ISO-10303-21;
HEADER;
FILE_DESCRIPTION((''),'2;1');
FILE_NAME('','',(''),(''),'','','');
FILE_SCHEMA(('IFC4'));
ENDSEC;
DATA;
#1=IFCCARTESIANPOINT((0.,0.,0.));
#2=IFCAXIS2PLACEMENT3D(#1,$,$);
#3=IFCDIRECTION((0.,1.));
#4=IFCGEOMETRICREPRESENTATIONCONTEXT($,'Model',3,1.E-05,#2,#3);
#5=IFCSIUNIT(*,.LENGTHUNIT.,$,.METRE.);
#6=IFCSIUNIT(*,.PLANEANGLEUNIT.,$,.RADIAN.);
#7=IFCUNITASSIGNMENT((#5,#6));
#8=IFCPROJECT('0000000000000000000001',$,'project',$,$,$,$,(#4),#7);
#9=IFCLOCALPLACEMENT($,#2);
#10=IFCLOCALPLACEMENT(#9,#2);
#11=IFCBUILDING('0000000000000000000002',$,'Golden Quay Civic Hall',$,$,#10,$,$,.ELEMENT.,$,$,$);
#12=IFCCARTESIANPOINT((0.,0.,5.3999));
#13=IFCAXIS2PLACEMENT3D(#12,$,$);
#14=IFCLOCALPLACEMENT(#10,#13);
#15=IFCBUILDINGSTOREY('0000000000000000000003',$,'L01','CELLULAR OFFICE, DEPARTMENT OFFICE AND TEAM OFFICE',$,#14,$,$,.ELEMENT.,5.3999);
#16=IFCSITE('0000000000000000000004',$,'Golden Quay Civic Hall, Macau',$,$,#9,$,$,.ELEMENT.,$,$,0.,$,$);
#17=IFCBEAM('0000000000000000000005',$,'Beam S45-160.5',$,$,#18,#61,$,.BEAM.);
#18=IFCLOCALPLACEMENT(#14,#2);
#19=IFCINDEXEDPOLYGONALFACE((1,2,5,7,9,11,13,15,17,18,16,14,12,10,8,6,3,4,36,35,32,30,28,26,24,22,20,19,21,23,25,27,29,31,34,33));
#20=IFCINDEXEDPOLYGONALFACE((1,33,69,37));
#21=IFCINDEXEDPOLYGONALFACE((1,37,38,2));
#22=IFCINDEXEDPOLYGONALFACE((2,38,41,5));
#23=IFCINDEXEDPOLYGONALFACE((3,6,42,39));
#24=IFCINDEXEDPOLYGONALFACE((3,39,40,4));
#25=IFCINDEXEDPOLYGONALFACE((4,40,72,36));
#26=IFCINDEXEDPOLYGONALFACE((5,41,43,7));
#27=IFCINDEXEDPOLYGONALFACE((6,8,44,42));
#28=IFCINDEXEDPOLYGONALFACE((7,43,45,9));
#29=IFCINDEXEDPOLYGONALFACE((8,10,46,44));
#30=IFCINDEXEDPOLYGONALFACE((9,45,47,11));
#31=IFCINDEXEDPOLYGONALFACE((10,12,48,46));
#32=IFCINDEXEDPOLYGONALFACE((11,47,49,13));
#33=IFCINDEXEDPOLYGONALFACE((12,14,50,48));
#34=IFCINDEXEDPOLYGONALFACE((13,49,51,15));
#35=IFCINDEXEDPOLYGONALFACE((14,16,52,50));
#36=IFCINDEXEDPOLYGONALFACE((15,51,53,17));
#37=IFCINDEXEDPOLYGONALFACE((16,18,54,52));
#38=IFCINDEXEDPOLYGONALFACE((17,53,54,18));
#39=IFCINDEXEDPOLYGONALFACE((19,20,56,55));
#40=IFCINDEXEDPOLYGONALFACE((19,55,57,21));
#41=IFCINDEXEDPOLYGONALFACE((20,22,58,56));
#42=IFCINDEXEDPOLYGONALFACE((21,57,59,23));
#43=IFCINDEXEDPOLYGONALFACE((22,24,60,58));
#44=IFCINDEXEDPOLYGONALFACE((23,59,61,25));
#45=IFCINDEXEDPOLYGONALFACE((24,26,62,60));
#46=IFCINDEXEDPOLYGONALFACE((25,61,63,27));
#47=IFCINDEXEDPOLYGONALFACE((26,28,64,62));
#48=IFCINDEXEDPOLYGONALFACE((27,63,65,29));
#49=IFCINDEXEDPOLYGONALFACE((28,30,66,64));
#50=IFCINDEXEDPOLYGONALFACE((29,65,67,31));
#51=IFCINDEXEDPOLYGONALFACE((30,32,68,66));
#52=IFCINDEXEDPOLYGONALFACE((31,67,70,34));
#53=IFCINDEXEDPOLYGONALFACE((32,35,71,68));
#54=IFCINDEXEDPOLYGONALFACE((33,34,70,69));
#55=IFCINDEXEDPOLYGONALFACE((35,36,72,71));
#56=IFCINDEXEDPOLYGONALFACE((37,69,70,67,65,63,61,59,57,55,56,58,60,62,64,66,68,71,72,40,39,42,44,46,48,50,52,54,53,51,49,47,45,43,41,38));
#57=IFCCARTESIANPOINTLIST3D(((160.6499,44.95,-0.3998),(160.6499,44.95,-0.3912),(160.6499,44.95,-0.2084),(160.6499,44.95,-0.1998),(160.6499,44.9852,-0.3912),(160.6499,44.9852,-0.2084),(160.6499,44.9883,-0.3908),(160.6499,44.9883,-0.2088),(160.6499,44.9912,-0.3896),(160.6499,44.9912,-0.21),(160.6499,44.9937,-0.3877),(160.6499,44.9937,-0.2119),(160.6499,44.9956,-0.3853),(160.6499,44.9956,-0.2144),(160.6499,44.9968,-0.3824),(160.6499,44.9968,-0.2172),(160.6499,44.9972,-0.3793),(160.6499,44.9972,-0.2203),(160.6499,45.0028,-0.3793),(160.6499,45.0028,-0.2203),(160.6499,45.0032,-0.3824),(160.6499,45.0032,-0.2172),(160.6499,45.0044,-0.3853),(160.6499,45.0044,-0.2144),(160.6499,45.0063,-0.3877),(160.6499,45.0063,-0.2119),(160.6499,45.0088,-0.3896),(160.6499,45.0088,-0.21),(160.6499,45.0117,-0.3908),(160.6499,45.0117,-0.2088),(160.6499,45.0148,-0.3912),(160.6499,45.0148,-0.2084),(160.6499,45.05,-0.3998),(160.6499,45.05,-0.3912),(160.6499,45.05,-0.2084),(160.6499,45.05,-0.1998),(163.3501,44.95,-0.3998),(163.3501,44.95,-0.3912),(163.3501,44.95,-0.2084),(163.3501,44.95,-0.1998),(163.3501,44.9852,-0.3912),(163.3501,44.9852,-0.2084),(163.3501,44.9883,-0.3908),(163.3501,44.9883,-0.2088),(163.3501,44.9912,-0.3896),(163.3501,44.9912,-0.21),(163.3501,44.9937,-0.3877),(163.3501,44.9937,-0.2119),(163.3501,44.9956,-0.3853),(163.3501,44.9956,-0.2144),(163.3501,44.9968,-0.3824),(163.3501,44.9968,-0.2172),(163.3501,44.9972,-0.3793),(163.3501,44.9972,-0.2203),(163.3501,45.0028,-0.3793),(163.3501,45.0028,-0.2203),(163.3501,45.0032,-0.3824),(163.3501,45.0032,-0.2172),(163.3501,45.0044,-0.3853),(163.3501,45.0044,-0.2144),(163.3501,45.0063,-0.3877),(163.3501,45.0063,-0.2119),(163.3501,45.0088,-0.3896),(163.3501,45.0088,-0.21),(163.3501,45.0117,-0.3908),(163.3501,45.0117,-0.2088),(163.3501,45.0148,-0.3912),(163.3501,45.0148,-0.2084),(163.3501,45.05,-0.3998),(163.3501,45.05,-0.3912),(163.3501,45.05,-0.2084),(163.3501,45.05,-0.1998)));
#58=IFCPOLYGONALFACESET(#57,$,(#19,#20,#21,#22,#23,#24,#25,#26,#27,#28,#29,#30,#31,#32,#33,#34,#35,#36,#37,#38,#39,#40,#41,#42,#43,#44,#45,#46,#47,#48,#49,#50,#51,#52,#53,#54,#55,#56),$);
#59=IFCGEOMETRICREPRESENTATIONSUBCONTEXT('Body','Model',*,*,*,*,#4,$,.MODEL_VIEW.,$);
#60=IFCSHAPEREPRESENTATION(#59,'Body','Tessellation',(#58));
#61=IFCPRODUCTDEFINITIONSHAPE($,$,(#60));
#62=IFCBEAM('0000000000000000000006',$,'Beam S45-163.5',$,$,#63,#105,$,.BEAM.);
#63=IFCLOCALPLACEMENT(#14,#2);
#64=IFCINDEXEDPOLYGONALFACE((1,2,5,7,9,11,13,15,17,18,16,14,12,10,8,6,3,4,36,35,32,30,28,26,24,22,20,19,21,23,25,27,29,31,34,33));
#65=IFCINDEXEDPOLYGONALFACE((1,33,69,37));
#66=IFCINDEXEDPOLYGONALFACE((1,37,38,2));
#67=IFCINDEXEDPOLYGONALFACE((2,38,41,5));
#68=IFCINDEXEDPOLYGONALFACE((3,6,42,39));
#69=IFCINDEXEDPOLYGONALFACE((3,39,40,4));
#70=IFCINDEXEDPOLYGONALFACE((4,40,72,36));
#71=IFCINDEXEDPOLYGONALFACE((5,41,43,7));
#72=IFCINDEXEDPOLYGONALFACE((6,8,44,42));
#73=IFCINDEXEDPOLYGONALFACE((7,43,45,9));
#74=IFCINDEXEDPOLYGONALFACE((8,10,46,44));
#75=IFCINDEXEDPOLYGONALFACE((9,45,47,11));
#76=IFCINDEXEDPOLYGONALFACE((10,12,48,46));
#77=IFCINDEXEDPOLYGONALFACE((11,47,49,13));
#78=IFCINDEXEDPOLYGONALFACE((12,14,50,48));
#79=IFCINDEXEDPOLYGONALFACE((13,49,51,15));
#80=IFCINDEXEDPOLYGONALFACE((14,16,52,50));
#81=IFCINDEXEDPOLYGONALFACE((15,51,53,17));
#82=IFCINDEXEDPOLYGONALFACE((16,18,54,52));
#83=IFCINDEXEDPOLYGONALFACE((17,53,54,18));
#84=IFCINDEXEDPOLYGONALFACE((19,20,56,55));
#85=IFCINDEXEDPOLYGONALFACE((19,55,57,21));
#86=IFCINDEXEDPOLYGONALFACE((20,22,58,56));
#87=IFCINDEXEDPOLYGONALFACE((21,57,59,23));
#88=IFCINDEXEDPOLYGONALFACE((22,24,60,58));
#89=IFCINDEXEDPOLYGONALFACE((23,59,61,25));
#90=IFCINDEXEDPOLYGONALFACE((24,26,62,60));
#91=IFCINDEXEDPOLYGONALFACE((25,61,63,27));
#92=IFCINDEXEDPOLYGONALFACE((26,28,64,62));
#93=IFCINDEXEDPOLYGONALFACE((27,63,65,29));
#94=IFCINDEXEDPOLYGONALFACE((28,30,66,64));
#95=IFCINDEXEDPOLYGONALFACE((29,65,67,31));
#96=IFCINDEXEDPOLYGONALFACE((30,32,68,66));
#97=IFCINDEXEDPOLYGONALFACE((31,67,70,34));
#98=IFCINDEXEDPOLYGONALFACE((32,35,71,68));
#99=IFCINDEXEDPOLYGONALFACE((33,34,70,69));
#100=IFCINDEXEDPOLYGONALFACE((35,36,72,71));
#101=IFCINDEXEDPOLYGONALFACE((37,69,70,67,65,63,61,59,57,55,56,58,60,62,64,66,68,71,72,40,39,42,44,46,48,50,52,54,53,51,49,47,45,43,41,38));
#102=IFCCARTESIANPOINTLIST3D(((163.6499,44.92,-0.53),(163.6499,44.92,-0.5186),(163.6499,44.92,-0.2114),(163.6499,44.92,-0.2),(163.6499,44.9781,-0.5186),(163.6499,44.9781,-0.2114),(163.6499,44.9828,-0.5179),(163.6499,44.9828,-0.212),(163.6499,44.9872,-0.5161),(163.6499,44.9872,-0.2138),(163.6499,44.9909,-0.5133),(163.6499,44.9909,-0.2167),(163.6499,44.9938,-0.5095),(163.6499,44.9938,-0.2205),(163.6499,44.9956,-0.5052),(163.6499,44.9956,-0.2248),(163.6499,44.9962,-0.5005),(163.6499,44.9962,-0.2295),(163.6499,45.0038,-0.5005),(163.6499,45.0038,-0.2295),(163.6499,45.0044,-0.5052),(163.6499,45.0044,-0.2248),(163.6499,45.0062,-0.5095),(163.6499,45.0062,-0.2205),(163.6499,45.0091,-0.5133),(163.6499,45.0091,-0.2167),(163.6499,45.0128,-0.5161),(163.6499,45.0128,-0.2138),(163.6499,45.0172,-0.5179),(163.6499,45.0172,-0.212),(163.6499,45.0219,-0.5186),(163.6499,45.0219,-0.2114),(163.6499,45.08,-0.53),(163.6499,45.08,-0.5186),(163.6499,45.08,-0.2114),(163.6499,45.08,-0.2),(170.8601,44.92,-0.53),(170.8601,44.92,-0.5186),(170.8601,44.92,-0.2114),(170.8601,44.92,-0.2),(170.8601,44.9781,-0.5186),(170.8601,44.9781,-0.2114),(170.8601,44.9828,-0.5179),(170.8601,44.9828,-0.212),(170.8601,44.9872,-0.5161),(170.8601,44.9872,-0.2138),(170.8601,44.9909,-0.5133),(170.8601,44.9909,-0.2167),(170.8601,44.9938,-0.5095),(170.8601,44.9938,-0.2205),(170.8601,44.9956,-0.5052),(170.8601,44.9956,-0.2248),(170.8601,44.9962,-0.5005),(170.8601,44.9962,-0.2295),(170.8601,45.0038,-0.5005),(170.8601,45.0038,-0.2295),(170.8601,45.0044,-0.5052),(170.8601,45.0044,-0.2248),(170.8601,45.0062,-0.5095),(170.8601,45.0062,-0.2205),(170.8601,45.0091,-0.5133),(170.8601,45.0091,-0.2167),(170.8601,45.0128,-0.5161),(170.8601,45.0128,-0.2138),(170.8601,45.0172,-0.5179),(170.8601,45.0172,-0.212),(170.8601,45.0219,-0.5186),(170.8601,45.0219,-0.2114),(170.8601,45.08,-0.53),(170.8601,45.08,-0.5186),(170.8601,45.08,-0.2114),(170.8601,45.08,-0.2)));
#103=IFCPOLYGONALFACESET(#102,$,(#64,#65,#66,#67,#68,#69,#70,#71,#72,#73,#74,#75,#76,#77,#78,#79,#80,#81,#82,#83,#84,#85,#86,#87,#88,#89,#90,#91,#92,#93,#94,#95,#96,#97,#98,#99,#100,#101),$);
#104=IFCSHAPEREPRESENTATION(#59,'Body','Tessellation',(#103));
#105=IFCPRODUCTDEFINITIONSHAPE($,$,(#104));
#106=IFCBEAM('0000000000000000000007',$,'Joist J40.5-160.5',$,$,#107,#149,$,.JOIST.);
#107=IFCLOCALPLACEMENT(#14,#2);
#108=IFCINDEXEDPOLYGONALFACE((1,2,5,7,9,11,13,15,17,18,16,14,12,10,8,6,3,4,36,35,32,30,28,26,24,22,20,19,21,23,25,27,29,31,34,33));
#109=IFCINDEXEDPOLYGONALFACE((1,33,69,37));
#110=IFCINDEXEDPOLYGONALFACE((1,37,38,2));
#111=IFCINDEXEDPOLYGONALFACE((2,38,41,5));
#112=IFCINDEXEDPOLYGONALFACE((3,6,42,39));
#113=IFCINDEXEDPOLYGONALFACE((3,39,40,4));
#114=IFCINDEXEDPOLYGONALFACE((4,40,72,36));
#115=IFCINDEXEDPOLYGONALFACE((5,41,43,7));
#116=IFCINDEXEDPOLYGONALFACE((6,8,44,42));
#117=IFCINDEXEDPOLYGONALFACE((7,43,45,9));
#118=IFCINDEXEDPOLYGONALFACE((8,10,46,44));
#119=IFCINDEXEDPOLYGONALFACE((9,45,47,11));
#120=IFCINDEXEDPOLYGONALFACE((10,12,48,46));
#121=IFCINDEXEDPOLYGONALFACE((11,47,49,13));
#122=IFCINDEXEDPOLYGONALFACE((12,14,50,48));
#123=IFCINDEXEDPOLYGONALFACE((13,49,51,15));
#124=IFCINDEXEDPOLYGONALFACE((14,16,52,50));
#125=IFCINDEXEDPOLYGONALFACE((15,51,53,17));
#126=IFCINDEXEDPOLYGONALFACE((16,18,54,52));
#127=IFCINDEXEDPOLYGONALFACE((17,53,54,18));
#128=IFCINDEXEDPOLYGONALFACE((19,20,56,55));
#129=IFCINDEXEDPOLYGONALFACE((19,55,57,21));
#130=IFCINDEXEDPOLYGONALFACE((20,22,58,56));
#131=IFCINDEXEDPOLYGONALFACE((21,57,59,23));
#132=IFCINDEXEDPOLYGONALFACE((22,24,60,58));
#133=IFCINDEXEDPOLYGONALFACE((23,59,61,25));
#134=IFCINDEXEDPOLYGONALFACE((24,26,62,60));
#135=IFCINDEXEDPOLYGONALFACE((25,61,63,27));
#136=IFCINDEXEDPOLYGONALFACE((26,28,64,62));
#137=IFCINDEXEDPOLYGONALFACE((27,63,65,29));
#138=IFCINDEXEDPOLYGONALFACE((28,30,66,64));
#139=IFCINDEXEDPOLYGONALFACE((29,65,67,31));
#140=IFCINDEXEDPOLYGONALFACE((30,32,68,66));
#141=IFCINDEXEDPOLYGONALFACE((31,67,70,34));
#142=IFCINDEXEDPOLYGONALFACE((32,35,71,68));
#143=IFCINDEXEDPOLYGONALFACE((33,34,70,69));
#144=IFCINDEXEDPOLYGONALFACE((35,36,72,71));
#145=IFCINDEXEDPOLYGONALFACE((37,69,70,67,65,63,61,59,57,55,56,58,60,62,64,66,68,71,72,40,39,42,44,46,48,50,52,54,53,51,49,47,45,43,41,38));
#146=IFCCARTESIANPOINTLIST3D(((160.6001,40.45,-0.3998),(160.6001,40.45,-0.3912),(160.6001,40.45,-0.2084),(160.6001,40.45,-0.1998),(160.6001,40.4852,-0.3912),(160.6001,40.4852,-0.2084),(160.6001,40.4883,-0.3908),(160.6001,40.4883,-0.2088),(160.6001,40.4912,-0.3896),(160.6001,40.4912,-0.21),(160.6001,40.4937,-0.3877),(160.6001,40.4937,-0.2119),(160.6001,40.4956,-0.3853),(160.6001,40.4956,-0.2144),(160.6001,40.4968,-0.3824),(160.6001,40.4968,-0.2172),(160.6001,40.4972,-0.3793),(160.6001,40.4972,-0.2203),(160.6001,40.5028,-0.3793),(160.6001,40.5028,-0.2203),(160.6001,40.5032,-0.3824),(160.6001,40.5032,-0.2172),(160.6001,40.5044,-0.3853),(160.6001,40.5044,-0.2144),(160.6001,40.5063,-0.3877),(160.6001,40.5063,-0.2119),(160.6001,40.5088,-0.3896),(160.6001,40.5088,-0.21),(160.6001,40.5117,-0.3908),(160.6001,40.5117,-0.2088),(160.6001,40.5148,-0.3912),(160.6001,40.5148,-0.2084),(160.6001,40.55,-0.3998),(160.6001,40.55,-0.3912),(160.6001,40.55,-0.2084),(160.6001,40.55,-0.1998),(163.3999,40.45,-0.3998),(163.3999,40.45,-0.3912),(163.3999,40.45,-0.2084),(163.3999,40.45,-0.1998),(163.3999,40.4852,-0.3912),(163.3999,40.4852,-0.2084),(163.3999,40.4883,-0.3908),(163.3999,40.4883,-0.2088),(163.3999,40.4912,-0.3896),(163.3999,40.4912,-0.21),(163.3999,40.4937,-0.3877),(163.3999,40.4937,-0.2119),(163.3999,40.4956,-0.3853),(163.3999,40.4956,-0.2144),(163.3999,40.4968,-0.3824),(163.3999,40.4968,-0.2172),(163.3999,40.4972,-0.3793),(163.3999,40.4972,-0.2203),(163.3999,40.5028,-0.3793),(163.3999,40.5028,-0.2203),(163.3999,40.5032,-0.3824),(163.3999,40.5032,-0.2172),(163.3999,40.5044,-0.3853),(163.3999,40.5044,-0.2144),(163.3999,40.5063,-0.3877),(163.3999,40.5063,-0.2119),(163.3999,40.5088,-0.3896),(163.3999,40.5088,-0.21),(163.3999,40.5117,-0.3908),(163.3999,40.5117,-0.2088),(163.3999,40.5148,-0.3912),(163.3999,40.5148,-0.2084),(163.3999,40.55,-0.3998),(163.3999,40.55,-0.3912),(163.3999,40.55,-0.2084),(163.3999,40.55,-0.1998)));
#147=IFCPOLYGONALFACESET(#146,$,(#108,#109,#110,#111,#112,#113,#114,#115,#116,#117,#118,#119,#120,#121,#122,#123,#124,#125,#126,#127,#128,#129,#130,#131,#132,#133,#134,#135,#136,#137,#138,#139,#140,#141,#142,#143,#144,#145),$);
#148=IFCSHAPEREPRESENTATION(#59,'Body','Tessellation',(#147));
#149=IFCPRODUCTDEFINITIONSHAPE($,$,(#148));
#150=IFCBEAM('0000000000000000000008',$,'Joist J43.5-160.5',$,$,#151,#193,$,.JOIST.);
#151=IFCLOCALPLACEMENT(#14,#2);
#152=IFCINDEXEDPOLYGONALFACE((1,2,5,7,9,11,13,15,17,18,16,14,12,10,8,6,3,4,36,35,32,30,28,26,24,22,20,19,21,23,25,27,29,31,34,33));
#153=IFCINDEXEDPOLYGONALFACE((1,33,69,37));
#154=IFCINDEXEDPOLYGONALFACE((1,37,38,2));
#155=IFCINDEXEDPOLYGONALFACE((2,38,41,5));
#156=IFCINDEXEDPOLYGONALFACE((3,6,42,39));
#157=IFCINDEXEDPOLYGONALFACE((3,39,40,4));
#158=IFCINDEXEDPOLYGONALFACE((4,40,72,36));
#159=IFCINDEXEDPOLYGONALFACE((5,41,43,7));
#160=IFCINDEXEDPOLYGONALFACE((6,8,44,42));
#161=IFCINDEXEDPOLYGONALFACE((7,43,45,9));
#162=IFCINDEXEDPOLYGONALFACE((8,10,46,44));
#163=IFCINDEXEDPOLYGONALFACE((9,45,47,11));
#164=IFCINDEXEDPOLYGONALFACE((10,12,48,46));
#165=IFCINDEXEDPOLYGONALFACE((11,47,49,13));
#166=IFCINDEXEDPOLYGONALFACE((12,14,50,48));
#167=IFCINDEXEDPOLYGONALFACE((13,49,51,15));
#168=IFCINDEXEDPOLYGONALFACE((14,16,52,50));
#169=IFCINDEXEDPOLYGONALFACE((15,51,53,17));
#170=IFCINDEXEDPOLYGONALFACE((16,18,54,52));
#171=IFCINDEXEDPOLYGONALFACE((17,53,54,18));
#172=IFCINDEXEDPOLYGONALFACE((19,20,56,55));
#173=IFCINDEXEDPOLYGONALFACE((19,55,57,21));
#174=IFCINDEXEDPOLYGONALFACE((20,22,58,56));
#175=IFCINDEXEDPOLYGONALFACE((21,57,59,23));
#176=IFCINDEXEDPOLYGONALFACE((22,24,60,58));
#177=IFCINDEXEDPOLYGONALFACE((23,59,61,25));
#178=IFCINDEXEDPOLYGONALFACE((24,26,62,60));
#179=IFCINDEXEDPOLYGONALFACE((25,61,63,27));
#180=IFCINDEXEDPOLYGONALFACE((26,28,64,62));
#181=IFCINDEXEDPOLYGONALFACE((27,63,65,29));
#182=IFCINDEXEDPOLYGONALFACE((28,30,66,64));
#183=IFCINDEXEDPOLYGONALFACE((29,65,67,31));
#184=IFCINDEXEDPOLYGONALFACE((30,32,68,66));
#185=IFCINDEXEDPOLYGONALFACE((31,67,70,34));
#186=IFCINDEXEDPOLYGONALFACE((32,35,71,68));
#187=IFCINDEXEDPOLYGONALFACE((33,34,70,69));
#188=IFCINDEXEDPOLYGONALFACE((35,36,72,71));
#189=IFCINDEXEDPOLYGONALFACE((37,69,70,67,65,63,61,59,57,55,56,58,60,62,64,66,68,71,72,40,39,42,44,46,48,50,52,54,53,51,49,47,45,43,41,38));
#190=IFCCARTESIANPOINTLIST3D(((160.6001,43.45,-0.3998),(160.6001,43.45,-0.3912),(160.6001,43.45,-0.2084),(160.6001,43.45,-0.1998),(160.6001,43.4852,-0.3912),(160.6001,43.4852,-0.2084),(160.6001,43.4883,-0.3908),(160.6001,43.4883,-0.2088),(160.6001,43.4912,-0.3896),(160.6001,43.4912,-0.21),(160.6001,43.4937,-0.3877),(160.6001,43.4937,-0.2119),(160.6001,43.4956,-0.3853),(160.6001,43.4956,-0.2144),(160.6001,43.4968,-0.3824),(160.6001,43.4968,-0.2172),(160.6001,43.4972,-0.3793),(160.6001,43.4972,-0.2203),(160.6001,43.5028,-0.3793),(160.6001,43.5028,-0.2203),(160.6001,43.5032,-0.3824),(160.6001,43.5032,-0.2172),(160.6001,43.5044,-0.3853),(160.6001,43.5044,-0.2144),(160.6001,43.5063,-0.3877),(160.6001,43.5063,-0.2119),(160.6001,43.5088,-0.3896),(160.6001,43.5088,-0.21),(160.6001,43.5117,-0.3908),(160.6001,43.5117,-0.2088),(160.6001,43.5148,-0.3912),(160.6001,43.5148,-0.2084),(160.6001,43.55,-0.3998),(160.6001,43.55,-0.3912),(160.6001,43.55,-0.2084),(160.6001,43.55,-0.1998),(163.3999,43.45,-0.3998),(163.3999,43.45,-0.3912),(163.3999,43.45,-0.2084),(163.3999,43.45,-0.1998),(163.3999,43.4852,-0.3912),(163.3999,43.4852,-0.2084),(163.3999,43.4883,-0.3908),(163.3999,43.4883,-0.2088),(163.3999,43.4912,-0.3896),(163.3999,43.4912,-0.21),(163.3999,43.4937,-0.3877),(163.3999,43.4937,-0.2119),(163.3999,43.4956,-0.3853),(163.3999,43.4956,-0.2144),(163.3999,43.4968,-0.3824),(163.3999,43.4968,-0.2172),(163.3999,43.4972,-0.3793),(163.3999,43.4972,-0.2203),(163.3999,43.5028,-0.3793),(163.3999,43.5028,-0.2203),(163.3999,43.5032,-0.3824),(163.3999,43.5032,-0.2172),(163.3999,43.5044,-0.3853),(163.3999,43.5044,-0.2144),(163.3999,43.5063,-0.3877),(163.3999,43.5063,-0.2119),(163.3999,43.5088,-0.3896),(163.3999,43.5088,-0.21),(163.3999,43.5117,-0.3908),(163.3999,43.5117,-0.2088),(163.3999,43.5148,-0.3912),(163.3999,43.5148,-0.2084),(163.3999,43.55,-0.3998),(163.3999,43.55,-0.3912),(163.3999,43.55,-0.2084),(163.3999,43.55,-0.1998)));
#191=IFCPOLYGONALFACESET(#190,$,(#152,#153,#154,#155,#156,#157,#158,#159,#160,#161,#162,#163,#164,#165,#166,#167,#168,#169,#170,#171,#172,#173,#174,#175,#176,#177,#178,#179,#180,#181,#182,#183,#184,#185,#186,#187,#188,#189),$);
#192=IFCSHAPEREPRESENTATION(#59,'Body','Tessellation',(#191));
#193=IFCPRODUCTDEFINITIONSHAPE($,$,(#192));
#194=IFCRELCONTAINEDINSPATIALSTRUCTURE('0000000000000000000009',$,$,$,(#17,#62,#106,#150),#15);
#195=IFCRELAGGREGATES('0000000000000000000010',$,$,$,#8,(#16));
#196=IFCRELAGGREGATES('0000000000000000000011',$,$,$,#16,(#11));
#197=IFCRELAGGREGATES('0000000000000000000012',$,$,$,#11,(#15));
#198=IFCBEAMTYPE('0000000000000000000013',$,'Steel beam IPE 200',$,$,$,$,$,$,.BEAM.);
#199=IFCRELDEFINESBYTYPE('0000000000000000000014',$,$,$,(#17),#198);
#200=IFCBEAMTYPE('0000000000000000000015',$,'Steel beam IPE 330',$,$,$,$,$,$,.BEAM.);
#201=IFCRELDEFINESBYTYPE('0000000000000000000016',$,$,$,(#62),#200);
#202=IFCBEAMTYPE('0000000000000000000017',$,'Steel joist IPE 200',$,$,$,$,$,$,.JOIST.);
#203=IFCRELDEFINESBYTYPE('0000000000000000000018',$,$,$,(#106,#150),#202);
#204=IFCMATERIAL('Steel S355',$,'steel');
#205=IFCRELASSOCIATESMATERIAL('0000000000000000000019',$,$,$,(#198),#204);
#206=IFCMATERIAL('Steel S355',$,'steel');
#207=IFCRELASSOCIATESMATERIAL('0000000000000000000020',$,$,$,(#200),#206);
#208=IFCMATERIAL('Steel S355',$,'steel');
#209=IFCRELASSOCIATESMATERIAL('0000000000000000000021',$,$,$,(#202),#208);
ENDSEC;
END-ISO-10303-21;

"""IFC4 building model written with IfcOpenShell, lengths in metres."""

from ifc_helpers import new_model, si_unit, direction, frame, origin, origin_2d, place, context, subcontext, project, spatial, i_section, extrude, material, material_profile, profile_set, type_object, element, save


model = new_model("IFC4")

# Units and contexts
model_context = context("Model", 3, precision=1e-05, world=origin(), true_north=direction((0.0, 1.0)))
body_context = subcontext(model_context, "Body", "Model", "MODEL_VIEW")
ifc_project = project(units=[si_unit("LENGTHUNIT", "METRE"), si_unit("PLANEANGLEUNIT", "RADIAN")], contexts=[model_context])

# Site, building, storey
site_placement = place(None, origin())
site = spatial("IfcSite", under=ifc_project, at=site_placement, Name="Golden Quay Civic Hall, Macau", CompositionType="ELEMENT", RefElevation=0.0)
building_placement = place(site_placement, origin())
building = spatial("IfcBuilding", under=site, at=building_placement, Name="Golden Quay Civic Hall", CompositionType="ELEMENT")
storey_placement = place(building_placement, frame((0.0, 0.0, 5.3999)))
storey = spatial("IfcBuildingStorey", under=building, at=storey_placement, Name="L01", Description="CELLULAR OFFICE, DEPARTMENT OFFICE AND TEAM OFFICE", CompositionType="ELEMENT", Elevation=5.3999)

# Beams
ifc_material_1 = material(Name="Steel S355", Category="steel")
ifc_material_profile_1 = material_profile(ifc_material_1, i_section(OverallWidth=0.1001, OverallDepth=0.2, WebThickness=0.0056, FlangeThickness=0.0085, FilletRadius=0.012, at=origin_2d()), Name="IPE 200")
ifc_profile_set_1 = profile_set([ifc_material_profile_1], Name="Steel S355")
beam_type_1 = type_object("IfcBeamType", Name="Steel beam IPE 200", PredefinedType="BEAM", material=ifc_profile_set_1)
beam_1_placement = place(storey_placement, frame((160.6499, 45.0, -0.2998), z_axis=(1.0, 0.0, 0.0), x_axis=(0.0, 1.0, 0.0)))
element("IfcBeam", 1, at=beam_1_placement, inside=storey, type_object=beam_type_1, Name="Beam S45-160.5", PredefinedType="BEAM", context=body_context, shape_type="SweptSolid", body=[
    extrude(i_section(OverallWidth=0.1001, OverallDepth=0.2, WebThickness=0.0056, FlangeThickness=0.0085, FilletRadius=0.012, at=origin_2d()), origin(), (0.0, 0.0, 1.0), 2.7002),
])
ifc_material_2 = material(Name="Steel S355", Category="steel")
ifc_material_profile_2 = material_profile(ifc_material_2, i_section(OverallWidth=0.1599, OverallDepth=0.3301, WebThickness=0.0076, FlangeThickness=0.0115, FilletRadius=0.0181, at=origin_2d()), Name="IPE 330")
ifc_profile_set_2 = profile_set([ifc_material_profile_2], Name="Steel S355")
beam_type_2 = type_object("IfcBeamType", Name="Steel beam IPE 330", PredefinedType="BEAM", material=ifc_profile_set_2)
beam_2_placement = place(storey_placement, frame((163.6499, 45.0, -0.365), z_axis=(1.0, 0.0, 0.0), x_axis=(0.0, 1.0, 0.0)))
element("IfcBeam", 2, at=beam_2_placement, inside=storey, type_object=beam_type_2, Name="Beam S45-163.5", PredefinedType="BEAM", context=body_context, shape_type="SweptSolid", body=[
    extrude(i_section(OverallWidth=0.1599, OverallDepth=0.3301, WebThickness=0.0076, FlangeThickness=0.0115, FilletRadius=0.0181, at=origin_2d()), origin(), (0.0, 0.0, 1.0), 7.2102),
])
ifc_material_3 = material(Name="Steel S355", Category="steel")
ifc_material_profile_3 = material_profile(ifc_material_3, i_section(OverallWidth=0.1001, OverallDepth=0.2, WebThickness=0.0056, FlangeThickness=0.0085, FilletRadius=0.012, at=origin_2d()), Name="IPE 200")
ifc_profile_set_3 = profile_set([ifc_material_profile_3], Name="Steel S355")
beam_type_3 = type_object("IfcBeamType", Name="Steel joist IPE 200", PredefinedType="JOIST", material=ifc_profile_set_3)
for number, where, z_axis, x_axis, name in (
    (3, (160.6001, 40.5, -0.2998), (1.0, 0.0, 0.0), (0.0, 1.0, 0.0), "Joist J40.5-160.5"),
    (4, (160.6001, 43.5, -0.2998), (1.0, 0.0, 0.0), (0.0, 1.0, 0.0), "Joist J43.5-160.5"),
):
    element("IfcBeam", number, at=place(storey_placement, frame(where, z_axis=z_axis, x_axis=x_axis)), inside=storey, type_object=beam_type_3, Name=name, PredefinedType="JOIST", context=body_context, shape_type="SweptSolid", body=[
        extrude(i_section(OverallWidth=0.1001, OverallDepth=0.2, WebThickness=0.0056, FlangeThickness=0.0085, FilletRadius=0.012, at=origin_2d()), origin(), (0.0, 0.0, 1.0), 2.7998),
    ])

save(model, "model.ifc")
